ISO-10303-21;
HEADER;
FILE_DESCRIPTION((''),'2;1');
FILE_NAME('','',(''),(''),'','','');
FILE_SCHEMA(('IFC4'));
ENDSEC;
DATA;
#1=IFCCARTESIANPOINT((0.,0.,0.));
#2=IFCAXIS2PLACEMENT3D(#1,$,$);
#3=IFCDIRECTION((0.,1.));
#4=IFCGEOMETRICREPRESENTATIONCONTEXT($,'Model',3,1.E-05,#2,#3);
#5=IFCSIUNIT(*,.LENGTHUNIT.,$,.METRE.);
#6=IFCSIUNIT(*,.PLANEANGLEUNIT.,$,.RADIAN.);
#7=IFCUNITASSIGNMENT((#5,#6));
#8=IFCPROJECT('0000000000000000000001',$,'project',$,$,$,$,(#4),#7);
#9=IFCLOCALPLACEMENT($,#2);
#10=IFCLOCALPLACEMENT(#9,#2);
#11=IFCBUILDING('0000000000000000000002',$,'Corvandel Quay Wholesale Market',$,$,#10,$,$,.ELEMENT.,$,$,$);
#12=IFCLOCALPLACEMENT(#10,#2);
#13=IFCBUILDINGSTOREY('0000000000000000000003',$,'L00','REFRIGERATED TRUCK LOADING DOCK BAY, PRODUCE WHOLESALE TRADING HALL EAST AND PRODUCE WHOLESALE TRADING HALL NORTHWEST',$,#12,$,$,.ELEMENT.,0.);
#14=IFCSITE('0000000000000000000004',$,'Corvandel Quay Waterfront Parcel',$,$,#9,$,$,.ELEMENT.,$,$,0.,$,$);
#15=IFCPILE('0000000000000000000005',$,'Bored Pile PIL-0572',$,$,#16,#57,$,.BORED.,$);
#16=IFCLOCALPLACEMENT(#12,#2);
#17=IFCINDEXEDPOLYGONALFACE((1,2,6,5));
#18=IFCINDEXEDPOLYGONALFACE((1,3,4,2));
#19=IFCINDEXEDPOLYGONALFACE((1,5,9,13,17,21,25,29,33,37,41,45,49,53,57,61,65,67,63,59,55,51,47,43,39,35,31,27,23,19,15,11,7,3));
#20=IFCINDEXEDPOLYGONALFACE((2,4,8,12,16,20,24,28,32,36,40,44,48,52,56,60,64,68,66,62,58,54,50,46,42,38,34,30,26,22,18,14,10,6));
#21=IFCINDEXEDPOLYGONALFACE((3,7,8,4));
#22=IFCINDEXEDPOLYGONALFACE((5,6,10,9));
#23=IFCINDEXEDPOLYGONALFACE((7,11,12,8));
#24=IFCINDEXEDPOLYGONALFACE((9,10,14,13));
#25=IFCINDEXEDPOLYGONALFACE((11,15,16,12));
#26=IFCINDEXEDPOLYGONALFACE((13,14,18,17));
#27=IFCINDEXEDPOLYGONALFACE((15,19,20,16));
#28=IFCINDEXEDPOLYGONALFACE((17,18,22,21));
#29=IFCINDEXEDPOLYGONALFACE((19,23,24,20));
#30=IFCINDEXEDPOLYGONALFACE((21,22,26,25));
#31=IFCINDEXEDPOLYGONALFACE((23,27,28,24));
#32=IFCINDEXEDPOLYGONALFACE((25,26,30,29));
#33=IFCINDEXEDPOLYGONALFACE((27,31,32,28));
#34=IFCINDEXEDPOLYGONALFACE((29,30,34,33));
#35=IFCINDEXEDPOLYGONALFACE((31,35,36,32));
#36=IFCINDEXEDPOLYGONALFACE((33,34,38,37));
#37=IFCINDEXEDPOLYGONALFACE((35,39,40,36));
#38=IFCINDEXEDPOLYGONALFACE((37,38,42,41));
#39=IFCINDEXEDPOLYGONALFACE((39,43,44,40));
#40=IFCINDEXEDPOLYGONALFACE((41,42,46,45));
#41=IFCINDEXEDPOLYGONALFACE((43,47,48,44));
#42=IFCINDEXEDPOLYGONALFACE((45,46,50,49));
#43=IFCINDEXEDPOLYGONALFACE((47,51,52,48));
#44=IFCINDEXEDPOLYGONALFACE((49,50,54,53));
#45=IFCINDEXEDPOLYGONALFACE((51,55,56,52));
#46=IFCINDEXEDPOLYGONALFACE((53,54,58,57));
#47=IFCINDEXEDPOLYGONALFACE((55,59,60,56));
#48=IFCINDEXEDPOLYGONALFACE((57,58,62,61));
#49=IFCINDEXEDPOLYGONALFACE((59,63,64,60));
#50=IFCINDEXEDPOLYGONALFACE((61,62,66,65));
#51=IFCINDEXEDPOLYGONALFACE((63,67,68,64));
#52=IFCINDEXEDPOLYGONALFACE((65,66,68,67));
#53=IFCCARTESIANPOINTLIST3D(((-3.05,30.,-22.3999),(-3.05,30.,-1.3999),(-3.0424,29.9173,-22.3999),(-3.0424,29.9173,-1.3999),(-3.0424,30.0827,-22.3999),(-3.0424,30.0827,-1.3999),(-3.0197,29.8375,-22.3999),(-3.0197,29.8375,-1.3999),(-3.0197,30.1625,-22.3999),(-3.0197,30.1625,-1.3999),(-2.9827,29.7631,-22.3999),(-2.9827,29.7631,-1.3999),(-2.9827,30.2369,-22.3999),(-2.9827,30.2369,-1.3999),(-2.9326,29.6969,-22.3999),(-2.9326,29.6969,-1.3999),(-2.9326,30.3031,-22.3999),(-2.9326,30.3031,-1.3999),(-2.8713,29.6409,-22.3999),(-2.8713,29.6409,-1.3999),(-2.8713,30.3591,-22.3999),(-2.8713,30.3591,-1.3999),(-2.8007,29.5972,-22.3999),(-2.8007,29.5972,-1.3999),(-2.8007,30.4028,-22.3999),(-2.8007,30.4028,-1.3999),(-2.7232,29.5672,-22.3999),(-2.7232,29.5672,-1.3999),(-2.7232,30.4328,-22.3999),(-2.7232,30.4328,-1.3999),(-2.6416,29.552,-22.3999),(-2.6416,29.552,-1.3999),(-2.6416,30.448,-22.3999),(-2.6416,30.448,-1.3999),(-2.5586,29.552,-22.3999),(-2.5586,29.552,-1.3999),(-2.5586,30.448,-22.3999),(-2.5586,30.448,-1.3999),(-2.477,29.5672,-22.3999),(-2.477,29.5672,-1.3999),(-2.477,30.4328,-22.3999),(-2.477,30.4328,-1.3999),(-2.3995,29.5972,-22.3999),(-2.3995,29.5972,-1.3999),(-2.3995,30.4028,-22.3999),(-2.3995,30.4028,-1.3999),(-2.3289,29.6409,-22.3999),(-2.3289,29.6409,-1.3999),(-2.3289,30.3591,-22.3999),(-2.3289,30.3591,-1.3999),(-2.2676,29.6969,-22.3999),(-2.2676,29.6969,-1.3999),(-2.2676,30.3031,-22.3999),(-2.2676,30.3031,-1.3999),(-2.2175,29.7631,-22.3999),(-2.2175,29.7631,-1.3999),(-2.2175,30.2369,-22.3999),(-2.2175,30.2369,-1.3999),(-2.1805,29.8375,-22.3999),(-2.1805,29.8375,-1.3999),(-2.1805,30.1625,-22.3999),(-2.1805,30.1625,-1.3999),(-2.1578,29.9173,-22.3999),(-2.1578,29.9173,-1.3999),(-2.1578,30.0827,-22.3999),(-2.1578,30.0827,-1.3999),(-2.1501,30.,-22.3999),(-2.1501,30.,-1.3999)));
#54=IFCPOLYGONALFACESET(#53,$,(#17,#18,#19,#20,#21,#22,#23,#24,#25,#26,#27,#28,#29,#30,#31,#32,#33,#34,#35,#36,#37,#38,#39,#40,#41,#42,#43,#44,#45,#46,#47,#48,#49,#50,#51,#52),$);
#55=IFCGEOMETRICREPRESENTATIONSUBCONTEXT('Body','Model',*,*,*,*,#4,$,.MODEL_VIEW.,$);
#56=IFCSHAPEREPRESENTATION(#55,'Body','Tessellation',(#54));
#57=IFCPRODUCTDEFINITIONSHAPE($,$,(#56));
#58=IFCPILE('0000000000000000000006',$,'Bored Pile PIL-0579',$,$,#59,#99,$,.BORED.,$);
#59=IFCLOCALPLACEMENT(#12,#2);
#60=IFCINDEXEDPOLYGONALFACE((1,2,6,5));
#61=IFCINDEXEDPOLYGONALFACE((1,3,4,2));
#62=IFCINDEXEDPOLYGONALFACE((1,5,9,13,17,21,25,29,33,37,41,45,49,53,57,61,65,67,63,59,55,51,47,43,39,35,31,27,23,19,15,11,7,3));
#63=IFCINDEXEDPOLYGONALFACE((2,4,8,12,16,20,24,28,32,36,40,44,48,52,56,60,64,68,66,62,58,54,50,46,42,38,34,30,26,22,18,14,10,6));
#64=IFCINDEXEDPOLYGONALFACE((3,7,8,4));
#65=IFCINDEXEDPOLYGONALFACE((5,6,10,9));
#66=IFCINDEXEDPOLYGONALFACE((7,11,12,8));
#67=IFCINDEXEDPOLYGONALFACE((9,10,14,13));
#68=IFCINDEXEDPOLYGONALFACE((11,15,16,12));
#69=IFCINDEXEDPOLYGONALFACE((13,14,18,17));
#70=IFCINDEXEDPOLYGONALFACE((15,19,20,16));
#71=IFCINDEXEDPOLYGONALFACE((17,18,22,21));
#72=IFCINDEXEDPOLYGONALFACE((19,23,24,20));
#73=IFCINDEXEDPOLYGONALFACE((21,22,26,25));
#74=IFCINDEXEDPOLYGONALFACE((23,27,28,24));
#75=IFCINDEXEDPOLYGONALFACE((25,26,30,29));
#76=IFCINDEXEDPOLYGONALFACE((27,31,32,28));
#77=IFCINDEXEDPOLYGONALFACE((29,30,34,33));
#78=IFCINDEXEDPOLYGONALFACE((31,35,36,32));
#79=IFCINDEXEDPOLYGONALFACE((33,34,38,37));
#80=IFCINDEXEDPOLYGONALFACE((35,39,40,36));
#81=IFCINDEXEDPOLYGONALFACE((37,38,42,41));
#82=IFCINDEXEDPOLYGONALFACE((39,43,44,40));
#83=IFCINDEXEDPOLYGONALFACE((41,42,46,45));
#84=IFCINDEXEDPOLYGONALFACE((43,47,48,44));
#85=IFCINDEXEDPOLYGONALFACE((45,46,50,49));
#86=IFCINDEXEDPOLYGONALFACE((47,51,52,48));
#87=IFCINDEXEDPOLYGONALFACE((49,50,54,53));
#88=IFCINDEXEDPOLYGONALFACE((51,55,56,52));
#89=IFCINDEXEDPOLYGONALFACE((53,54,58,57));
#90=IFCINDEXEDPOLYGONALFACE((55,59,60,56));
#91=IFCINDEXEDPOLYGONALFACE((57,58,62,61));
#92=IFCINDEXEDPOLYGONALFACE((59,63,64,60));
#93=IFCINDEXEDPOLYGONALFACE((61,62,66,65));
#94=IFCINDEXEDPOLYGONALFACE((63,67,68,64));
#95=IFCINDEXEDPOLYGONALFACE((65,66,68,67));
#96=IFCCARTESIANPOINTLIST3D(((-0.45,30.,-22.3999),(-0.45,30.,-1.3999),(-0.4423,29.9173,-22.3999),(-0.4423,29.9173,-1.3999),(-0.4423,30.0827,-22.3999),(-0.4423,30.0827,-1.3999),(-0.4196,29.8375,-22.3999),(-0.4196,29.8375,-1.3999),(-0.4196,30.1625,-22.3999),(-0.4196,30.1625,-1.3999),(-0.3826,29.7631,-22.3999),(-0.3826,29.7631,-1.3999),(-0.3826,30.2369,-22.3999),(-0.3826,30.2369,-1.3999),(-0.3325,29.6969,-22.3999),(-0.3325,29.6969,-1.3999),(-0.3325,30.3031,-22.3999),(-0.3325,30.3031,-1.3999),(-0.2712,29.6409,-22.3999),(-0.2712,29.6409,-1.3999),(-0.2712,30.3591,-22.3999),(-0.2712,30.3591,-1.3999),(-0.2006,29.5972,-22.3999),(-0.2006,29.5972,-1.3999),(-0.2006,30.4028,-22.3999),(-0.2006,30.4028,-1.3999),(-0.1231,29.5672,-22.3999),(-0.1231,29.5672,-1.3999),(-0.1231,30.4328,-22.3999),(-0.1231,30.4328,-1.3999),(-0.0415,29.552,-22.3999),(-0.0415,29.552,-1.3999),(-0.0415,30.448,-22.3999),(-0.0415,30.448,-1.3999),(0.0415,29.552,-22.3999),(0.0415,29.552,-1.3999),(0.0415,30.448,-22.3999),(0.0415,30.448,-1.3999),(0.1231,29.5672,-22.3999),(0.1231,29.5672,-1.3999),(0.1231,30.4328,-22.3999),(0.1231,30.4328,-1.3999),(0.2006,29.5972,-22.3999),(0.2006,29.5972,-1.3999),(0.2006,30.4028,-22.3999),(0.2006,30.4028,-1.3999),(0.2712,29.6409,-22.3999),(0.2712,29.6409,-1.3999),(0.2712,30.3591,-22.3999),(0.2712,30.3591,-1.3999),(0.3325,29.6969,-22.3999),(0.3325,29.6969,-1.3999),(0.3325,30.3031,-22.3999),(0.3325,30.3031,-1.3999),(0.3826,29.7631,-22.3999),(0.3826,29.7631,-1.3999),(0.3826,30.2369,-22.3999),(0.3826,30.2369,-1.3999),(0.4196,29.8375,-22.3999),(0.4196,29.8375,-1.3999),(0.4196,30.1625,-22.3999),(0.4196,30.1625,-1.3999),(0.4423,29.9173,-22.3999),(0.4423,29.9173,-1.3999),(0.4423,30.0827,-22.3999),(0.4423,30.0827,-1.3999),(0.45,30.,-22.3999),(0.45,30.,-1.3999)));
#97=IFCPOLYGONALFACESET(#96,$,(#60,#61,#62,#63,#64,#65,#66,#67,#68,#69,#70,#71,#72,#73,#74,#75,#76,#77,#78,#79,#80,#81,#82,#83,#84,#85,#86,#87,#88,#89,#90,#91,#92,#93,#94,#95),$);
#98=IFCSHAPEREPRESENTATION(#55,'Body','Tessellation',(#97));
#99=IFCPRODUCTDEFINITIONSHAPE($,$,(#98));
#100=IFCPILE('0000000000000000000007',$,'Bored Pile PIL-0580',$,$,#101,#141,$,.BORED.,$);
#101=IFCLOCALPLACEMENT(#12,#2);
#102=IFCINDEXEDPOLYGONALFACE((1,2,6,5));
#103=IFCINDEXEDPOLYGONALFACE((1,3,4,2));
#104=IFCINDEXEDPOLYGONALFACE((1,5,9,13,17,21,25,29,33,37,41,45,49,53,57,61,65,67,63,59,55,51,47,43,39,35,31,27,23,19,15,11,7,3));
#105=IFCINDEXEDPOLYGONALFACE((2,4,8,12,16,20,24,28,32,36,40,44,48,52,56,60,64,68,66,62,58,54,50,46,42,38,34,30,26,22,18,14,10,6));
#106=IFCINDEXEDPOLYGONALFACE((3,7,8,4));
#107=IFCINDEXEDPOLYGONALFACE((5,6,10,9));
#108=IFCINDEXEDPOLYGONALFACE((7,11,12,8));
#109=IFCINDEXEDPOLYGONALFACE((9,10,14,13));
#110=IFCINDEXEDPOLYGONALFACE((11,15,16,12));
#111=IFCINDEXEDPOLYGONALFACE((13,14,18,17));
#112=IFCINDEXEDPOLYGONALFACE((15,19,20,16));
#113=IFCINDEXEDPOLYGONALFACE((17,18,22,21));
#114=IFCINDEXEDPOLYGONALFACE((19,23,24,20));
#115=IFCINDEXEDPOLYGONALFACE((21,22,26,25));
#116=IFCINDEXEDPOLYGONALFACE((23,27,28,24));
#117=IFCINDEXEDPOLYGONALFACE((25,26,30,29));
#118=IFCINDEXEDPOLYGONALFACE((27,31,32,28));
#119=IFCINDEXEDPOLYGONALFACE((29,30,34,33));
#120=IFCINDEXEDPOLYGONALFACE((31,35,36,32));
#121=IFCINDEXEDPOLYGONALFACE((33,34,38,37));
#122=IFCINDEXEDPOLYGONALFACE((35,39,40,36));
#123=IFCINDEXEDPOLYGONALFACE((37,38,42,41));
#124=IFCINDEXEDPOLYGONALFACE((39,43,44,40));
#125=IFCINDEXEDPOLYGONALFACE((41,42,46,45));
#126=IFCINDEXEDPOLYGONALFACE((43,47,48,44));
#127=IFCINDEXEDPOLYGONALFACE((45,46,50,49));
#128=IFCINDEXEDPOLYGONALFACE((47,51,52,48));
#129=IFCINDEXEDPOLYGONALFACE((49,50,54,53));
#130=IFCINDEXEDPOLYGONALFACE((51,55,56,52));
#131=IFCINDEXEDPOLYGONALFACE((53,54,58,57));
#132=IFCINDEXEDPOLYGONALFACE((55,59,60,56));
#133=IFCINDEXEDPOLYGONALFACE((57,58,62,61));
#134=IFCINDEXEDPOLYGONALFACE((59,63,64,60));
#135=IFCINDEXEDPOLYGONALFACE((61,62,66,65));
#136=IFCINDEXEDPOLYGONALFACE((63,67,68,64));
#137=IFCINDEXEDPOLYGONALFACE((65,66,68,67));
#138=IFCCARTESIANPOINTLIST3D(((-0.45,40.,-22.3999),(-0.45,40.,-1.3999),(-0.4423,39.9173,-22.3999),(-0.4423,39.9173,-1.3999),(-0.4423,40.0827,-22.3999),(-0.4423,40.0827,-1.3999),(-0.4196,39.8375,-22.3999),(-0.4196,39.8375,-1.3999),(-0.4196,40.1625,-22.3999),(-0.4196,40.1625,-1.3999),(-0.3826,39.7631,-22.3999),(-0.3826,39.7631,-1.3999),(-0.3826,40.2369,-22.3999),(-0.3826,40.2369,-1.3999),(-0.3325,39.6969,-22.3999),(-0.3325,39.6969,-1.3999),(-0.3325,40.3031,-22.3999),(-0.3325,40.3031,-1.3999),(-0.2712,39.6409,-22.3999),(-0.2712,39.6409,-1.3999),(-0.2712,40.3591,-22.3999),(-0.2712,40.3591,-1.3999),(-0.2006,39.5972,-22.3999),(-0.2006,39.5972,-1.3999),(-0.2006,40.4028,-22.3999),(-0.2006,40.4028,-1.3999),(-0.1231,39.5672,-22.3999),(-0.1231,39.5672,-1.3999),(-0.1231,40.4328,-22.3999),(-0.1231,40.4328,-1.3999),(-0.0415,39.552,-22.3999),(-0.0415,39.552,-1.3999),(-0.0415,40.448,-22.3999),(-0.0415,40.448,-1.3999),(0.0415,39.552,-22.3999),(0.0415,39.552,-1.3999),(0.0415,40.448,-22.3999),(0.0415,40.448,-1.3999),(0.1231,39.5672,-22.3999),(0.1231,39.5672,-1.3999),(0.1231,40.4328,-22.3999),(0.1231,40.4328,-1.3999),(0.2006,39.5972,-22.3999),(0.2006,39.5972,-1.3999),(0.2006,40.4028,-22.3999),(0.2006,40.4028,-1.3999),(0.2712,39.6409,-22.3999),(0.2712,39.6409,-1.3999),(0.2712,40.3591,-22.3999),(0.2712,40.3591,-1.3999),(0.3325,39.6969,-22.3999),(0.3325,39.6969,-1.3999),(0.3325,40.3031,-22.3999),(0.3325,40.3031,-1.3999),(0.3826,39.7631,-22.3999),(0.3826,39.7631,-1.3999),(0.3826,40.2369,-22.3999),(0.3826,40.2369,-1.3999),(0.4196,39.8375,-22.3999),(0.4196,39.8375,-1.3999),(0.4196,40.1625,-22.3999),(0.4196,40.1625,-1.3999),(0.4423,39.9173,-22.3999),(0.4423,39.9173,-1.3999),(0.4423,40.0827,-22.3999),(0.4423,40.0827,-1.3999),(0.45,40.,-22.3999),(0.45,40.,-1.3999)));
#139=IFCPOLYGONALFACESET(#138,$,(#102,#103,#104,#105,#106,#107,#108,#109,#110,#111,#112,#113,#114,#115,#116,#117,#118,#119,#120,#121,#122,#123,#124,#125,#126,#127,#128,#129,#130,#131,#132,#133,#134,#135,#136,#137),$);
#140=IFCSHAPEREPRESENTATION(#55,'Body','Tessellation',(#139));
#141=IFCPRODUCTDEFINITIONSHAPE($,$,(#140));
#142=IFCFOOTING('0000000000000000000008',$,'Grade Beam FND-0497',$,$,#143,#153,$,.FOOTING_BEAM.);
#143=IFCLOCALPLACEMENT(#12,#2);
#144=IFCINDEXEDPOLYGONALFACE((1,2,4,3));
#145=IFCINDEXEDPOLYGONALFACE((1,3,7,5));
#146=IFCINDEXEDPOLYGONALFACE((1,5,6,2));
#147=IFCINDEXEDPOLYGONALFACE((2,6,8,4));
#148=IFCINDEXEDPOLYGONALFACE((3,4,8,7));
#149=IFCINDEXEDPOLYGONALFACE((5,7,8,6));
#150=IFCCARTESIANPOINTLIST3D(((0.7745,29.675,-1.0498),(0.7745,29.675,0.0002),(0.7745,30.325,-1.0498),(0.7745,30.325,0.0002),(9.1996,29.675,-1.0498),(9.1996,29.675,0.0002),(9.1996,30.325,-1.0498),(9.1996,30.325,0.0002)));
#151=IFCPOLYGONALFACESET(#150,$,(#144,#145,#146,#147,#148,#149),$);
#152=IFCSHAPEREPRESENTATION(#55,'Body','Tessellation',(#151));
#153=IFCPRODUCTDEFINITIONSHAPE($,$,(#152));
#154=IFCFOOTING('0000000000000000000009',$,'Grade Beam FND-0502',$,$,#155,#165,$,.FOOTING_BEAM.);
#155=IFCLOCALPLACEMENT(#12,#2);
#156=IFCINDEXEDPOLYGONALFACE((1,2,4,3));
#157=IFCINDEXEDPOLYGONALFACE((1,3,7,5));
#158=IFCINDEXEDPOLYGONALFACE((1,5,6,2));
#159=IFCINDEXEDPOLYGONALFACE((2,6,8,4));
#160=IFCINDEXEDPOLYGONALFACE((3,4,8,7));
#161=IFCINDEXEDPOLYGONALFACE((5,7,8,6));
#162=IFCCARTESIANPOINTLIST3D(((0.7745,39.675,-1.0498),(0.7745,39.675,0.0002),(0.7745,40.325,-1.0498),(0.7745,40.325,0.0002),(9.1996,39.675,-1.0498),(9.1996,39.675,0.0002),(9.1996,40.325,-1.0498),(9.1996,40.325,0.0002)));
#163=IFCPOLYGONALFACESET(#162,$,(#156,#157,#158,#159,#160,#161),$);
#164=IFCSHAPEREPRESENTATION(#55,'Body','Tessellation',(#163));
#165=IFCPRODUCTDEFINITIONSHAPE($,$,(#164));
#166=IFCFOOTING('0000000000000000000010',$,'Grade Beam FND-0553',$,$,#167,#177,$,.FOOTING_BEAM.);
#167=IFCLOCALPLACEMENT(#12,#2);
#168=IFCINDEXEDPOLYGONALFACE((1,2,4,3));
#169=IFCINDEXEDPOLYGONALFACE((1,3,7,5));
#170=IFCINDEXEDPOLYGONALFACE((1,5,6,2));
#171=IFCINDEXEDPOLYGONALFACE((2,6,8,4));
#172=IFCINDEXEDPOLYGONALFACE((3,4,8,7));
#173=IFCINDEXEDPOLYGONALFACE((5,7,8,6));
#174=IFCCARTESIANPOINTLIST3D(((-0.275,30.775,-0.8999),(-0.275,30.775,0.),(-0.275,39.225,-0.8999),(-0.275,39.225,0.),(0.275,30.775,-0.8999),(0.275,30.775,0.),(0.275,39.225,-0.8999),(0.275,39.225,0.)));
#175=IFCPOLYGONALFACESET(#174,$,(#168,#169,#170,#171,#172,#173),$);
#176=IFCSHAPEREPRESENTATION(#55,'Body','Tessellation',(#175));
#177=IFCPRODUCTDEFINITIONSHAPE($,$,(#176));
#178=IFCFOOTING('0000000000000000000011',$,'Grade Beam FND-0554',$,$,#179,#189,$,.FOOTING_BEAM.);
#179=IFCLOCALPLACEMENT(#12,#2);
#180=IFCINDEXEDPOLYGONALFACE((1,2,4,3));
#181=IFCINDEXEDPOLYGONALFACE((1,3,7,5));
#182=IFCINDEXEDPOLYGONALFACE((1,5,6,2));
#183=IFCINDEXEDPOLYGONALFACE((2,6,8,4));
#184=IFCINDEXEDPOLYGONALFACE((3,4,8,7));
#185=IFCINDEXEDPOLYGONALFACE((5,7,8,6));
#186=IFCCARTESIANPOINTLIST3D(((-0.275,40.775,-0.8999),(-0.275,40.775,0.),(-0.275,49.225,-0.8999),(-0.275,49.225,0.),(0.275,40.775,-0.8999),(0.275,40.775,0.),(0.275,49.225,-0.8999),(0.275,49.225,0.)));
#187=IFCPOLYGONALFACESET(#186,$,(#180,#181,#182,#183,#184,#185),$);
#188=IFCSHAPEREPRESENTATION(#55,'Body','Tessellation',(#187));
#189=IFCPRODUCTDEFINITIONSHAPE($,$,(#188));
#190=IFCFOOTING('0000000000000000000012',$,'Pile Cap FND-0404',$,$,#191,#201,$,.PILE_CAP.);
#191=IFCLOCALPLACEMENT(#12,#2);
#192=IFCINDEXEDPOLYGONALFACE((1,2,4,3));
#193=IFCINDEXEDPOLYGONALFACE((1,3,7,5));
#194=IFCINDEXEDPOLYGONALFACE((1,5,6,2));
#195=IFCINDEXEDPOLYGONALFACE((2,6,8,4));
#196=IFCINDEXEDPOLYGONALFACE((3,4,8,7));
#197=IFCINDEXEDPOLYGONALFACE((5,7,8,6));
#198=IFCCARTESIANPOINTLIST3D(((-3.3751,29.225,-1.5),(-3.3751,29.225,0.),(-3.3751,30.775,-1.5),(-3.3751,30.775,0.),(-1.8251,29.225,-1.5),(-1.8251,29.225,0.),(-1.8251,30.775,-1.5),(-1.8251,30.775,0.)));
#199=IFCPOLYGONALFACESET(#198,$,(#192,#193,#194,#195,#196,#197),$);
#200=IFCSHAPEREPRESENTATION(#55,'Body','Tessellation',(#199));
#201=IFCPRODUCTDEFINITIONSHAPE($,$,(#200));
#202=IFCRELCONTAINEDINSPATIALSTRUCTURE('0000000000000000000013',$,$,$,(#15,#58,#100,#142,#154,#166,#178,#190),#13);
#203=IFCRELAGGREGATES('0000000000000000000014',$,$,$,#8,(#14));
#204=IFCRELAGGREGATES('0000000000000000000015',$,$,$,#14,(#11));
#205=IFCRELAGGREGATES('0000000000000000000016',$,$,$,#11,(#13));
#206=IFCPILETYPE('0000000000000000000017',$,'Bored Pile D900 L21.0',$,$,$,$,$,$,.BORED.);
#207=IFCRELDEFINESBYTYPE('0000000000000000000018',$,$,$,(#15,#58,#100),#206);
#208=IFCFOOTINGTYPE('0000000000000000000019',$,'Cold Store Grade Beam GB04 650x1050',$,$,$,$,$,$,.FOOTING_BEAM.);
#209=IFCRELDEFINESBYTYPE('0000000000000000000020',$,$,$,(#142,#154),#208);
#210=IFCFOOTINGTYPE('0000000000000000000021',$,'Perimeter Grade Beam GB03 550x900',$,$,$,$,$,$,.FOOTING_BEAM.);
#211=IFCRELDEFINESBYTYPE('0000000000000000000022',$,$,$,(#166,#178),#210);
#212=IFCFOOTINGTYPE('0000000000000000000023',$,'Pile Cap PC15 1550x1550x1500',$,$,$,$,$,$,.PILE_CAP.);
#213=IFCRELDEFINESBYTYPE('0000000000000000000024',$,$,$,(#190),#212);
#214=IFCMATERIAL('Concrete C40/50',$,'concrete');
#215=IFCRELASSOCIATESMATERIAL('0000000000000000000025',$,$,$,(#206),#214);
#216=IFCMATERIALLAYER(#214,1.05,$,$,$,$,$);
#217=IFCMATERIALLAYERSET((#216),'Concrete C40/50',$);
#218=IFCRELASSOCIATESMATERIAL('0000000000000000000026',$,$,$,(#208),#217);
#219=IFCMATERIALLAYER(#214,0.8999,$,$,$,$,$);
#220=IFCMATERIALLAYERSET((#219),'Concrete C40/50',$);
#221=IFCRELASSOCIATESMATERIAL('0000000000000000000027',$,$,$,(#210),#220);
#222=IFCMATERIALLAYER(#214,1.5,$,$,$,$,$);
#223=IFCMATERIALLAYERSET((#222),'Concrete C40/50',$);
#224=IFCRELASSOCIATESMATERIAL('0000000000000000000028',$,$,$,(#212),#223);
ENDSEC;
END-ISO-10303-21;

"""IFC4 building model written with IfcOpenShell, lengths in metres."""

from ifc_helpers import new_model, si_unit, direction, frame, origin, origin_2d, place, context, subcontext, project, spatial, rectangle, circle, extrude, material, layer, layer_set, material_profile, profile_set, type_object, element, save


model = new_model("IFC4")

# Units and contexts
model_context = context("Model", 3, precision=1e-05, world=origin(), true_north=direction((0.0, 1.0)))
body_context = subcontext(model_context, "Body", "Model", "MODEL_VIEW")
ifc_project = project(units=[si_unit("LENGTHUNIT", "METRE"), si_unit("PLANEANGLEUNIT", "RADIAN")], contexts=[model_context])

# Site, building, storey
site_placement = place(None, origin())
site = spatial("IfcSite", under=ifc_project, at=site_placement, Name="Corvandel Quay Waterfront Parcel", CompositionType="ELEMENT", RefElevation=0.0)
building_placement = place(site_placement, origin())
building = spatial("IfcBuilding", under=site, at=building_placement, Name="Corvandel Quay Wholesale Market", CompositionType="ELEMENT")
storey_placement = place(building_placement, origin())
storey = spatial("IfcBuildingStorey", under=building, at=storey_placement, Name="L00", Description="REFRIGERATED TRUCK LOADING DOCK BAY, PRODUCE WHOLESALE TRADING HALL EAST AND PRODUCE WHOLESALE TRADING HALL NORTHWEST", CompositionType="ELEMENT", Elevation=0.0)

# Piles
ifc_material_1 = material(Name="Concrete C40/50", Category="concrete")
ifc_material_profile_1 = material_profile(ifc_material_1, circle(Radius=0.45, at=origin_2d()), Name="RC-PILE-D900")
ifc_profile_set_1 = profile_set([ifc_material_profile_1], Name="Concrete C40/50")
pile_type = type_object("IfcPileType", Name="Bored Pile D900 L21.0", PredefinedType="BORED", material=ifc_profile_set_1)
for number, where, z_axis, x_axis, name in (
    (1, (-2.6001, 30.0, -1.3999), (0.0, 0.0, -1.0), (1.0, 0.0, 0.0), "Bored Pile PIL-0572"),
    (2, (0.0, 30.0, -1.3999), (0.0, 0.0, -1.0), (1.0, 0.0, 0.0), "Bored Pile PIL-0579"),
    (3, (0.0, 40.0, -1.3999), (0.0, 0.0, -1.0), (1.0, 0.0, 0.0), "Bored Pile PIL-0580"),
):
    element("IfcPile", number, at=place(storey_placement, frame(where, z_axis=z_axis, x_axis=x_axis)), inside=storey, type_object=pile_type, Name=name, PredefinedType="BORED", context=body_context, shape_type="SweptSolid", body=[
        extrude(circle(Radius=0.45, at=origin_2d()), origin(), (0.0, 0.0, 1.0), 21.0),
    ])

# Footings
ifc_layer_1 = layer(ifc_material_1, 1.05)
ifc_layer_set_1 = layer_set([ifc_layer_1], Name="Concrete C40/50")
footing_type_1 = type_object("IfcFootingType", Name="Cold Store Grade Beam GB04 650x1050", PredefinedType="FOOTING_BEAM", material=ifc_layer_set_1)
for number, where, z_axis, x_axis, name in (
    (4, (4.9871, 30.0, -1.0498), (0.0, 0.0, 1.0), (1.0, 0.0, 0.0), "Grade Beam FND-0497"),
    (5, (4.9871, 40.0, -1.0498), (0.0, 0.0, 1.0), (1.0, 0.0, 0.0), "Grade Beam FND-0502"),
):
    element("IfcFooting", number, at=place(storey_placement, frame(where, z_axis=z_axis, x_axis=x_axis)), inside=storey, type_object=footing_type_1, Name=name, PredefinedType="FOOTING_BEAM", context=body_context, shape_type="SweptSolid", body=[
        extrude(rectangle(XDim=8.425, YDim=0.6499, at=origin_2d()), origin(), (0.0, 0.0, 1.0), 1.05),
    ])
ifc_layer_2 = layer(ifc_material_1, 0.8999)
ifc_layer_set_2 = layer_set([ifc_layer_2], Name="Concrete C40/50")
footing_type_2 = type_object("IfcFootingType", Name="Perimeter Grade Beam GB03 550x900", PredefinedType="FOOTING_BEAM", material=ifc_layer_set_2)
for number, where, z_axis, x_axis, name in (
    (6, (0.0, 35.0, -0.8999), (0.0, 0.0, 1.0), (0.0, 1.0, 0.0), "Grade Beam FND-0553"),
    (7, (0.0, 45.0, -0.8999), (0.0, 0.0, 1.0), (0.0, 1.0, 0.0), "Grade Beam FND-0554"),
):
    element("IfcFooting", number, at=place(storey_placement, frame(where, z_axis=z_axis, x_axis=x_axis)), inside=storey, type_object=footing_type_2, Name=name, PredefinedType="FOOTING_BEAM", context=body_context, shape_type="SweptSolid", body=[
        extrude(rectangle(XDim=8.45, YDim=0.55, at=origin_2d()), origin(), (0.0, 0.0, 1.0), 0.8999),
    ])
ifc_layer_3 = layer(ifc_material_1, 1.5)
ifc_layer_set_3 = layer_set([ifc_layer_3], Name="Concrete C40/50")
footing_type_3 = type_object("IfcFootingType", Name="Pile Cap PC15 1550x1550x1500", PredefinedType="PILE_CAP", material=ifc_layer_set_3)
for number, where, z_axis, x_axis, name in (
    (8, (-2.6001, 30.0, -1.5), (0.0, 0.0, 1.0), (1.0, 0.0, 0.0), "Pile Cap FND-0404"),
):
    element("IfcFooting", number, at=place(storey_placement, frame(where, z_axis=z_axis, x_axis=x_axis)), inside=storey, type_object=footing_type_3, Name=name, PredefinedType="PILE_CAP", context=body_context, shape_type="SweptSolid", body=[
        extrude(rectangle(XDim=1.55, YDim=1.55, at=origin_2d()), origin(), (0.0, 0.0, 1.0), 1.5),
    ])

save(model, "model.ifc")
